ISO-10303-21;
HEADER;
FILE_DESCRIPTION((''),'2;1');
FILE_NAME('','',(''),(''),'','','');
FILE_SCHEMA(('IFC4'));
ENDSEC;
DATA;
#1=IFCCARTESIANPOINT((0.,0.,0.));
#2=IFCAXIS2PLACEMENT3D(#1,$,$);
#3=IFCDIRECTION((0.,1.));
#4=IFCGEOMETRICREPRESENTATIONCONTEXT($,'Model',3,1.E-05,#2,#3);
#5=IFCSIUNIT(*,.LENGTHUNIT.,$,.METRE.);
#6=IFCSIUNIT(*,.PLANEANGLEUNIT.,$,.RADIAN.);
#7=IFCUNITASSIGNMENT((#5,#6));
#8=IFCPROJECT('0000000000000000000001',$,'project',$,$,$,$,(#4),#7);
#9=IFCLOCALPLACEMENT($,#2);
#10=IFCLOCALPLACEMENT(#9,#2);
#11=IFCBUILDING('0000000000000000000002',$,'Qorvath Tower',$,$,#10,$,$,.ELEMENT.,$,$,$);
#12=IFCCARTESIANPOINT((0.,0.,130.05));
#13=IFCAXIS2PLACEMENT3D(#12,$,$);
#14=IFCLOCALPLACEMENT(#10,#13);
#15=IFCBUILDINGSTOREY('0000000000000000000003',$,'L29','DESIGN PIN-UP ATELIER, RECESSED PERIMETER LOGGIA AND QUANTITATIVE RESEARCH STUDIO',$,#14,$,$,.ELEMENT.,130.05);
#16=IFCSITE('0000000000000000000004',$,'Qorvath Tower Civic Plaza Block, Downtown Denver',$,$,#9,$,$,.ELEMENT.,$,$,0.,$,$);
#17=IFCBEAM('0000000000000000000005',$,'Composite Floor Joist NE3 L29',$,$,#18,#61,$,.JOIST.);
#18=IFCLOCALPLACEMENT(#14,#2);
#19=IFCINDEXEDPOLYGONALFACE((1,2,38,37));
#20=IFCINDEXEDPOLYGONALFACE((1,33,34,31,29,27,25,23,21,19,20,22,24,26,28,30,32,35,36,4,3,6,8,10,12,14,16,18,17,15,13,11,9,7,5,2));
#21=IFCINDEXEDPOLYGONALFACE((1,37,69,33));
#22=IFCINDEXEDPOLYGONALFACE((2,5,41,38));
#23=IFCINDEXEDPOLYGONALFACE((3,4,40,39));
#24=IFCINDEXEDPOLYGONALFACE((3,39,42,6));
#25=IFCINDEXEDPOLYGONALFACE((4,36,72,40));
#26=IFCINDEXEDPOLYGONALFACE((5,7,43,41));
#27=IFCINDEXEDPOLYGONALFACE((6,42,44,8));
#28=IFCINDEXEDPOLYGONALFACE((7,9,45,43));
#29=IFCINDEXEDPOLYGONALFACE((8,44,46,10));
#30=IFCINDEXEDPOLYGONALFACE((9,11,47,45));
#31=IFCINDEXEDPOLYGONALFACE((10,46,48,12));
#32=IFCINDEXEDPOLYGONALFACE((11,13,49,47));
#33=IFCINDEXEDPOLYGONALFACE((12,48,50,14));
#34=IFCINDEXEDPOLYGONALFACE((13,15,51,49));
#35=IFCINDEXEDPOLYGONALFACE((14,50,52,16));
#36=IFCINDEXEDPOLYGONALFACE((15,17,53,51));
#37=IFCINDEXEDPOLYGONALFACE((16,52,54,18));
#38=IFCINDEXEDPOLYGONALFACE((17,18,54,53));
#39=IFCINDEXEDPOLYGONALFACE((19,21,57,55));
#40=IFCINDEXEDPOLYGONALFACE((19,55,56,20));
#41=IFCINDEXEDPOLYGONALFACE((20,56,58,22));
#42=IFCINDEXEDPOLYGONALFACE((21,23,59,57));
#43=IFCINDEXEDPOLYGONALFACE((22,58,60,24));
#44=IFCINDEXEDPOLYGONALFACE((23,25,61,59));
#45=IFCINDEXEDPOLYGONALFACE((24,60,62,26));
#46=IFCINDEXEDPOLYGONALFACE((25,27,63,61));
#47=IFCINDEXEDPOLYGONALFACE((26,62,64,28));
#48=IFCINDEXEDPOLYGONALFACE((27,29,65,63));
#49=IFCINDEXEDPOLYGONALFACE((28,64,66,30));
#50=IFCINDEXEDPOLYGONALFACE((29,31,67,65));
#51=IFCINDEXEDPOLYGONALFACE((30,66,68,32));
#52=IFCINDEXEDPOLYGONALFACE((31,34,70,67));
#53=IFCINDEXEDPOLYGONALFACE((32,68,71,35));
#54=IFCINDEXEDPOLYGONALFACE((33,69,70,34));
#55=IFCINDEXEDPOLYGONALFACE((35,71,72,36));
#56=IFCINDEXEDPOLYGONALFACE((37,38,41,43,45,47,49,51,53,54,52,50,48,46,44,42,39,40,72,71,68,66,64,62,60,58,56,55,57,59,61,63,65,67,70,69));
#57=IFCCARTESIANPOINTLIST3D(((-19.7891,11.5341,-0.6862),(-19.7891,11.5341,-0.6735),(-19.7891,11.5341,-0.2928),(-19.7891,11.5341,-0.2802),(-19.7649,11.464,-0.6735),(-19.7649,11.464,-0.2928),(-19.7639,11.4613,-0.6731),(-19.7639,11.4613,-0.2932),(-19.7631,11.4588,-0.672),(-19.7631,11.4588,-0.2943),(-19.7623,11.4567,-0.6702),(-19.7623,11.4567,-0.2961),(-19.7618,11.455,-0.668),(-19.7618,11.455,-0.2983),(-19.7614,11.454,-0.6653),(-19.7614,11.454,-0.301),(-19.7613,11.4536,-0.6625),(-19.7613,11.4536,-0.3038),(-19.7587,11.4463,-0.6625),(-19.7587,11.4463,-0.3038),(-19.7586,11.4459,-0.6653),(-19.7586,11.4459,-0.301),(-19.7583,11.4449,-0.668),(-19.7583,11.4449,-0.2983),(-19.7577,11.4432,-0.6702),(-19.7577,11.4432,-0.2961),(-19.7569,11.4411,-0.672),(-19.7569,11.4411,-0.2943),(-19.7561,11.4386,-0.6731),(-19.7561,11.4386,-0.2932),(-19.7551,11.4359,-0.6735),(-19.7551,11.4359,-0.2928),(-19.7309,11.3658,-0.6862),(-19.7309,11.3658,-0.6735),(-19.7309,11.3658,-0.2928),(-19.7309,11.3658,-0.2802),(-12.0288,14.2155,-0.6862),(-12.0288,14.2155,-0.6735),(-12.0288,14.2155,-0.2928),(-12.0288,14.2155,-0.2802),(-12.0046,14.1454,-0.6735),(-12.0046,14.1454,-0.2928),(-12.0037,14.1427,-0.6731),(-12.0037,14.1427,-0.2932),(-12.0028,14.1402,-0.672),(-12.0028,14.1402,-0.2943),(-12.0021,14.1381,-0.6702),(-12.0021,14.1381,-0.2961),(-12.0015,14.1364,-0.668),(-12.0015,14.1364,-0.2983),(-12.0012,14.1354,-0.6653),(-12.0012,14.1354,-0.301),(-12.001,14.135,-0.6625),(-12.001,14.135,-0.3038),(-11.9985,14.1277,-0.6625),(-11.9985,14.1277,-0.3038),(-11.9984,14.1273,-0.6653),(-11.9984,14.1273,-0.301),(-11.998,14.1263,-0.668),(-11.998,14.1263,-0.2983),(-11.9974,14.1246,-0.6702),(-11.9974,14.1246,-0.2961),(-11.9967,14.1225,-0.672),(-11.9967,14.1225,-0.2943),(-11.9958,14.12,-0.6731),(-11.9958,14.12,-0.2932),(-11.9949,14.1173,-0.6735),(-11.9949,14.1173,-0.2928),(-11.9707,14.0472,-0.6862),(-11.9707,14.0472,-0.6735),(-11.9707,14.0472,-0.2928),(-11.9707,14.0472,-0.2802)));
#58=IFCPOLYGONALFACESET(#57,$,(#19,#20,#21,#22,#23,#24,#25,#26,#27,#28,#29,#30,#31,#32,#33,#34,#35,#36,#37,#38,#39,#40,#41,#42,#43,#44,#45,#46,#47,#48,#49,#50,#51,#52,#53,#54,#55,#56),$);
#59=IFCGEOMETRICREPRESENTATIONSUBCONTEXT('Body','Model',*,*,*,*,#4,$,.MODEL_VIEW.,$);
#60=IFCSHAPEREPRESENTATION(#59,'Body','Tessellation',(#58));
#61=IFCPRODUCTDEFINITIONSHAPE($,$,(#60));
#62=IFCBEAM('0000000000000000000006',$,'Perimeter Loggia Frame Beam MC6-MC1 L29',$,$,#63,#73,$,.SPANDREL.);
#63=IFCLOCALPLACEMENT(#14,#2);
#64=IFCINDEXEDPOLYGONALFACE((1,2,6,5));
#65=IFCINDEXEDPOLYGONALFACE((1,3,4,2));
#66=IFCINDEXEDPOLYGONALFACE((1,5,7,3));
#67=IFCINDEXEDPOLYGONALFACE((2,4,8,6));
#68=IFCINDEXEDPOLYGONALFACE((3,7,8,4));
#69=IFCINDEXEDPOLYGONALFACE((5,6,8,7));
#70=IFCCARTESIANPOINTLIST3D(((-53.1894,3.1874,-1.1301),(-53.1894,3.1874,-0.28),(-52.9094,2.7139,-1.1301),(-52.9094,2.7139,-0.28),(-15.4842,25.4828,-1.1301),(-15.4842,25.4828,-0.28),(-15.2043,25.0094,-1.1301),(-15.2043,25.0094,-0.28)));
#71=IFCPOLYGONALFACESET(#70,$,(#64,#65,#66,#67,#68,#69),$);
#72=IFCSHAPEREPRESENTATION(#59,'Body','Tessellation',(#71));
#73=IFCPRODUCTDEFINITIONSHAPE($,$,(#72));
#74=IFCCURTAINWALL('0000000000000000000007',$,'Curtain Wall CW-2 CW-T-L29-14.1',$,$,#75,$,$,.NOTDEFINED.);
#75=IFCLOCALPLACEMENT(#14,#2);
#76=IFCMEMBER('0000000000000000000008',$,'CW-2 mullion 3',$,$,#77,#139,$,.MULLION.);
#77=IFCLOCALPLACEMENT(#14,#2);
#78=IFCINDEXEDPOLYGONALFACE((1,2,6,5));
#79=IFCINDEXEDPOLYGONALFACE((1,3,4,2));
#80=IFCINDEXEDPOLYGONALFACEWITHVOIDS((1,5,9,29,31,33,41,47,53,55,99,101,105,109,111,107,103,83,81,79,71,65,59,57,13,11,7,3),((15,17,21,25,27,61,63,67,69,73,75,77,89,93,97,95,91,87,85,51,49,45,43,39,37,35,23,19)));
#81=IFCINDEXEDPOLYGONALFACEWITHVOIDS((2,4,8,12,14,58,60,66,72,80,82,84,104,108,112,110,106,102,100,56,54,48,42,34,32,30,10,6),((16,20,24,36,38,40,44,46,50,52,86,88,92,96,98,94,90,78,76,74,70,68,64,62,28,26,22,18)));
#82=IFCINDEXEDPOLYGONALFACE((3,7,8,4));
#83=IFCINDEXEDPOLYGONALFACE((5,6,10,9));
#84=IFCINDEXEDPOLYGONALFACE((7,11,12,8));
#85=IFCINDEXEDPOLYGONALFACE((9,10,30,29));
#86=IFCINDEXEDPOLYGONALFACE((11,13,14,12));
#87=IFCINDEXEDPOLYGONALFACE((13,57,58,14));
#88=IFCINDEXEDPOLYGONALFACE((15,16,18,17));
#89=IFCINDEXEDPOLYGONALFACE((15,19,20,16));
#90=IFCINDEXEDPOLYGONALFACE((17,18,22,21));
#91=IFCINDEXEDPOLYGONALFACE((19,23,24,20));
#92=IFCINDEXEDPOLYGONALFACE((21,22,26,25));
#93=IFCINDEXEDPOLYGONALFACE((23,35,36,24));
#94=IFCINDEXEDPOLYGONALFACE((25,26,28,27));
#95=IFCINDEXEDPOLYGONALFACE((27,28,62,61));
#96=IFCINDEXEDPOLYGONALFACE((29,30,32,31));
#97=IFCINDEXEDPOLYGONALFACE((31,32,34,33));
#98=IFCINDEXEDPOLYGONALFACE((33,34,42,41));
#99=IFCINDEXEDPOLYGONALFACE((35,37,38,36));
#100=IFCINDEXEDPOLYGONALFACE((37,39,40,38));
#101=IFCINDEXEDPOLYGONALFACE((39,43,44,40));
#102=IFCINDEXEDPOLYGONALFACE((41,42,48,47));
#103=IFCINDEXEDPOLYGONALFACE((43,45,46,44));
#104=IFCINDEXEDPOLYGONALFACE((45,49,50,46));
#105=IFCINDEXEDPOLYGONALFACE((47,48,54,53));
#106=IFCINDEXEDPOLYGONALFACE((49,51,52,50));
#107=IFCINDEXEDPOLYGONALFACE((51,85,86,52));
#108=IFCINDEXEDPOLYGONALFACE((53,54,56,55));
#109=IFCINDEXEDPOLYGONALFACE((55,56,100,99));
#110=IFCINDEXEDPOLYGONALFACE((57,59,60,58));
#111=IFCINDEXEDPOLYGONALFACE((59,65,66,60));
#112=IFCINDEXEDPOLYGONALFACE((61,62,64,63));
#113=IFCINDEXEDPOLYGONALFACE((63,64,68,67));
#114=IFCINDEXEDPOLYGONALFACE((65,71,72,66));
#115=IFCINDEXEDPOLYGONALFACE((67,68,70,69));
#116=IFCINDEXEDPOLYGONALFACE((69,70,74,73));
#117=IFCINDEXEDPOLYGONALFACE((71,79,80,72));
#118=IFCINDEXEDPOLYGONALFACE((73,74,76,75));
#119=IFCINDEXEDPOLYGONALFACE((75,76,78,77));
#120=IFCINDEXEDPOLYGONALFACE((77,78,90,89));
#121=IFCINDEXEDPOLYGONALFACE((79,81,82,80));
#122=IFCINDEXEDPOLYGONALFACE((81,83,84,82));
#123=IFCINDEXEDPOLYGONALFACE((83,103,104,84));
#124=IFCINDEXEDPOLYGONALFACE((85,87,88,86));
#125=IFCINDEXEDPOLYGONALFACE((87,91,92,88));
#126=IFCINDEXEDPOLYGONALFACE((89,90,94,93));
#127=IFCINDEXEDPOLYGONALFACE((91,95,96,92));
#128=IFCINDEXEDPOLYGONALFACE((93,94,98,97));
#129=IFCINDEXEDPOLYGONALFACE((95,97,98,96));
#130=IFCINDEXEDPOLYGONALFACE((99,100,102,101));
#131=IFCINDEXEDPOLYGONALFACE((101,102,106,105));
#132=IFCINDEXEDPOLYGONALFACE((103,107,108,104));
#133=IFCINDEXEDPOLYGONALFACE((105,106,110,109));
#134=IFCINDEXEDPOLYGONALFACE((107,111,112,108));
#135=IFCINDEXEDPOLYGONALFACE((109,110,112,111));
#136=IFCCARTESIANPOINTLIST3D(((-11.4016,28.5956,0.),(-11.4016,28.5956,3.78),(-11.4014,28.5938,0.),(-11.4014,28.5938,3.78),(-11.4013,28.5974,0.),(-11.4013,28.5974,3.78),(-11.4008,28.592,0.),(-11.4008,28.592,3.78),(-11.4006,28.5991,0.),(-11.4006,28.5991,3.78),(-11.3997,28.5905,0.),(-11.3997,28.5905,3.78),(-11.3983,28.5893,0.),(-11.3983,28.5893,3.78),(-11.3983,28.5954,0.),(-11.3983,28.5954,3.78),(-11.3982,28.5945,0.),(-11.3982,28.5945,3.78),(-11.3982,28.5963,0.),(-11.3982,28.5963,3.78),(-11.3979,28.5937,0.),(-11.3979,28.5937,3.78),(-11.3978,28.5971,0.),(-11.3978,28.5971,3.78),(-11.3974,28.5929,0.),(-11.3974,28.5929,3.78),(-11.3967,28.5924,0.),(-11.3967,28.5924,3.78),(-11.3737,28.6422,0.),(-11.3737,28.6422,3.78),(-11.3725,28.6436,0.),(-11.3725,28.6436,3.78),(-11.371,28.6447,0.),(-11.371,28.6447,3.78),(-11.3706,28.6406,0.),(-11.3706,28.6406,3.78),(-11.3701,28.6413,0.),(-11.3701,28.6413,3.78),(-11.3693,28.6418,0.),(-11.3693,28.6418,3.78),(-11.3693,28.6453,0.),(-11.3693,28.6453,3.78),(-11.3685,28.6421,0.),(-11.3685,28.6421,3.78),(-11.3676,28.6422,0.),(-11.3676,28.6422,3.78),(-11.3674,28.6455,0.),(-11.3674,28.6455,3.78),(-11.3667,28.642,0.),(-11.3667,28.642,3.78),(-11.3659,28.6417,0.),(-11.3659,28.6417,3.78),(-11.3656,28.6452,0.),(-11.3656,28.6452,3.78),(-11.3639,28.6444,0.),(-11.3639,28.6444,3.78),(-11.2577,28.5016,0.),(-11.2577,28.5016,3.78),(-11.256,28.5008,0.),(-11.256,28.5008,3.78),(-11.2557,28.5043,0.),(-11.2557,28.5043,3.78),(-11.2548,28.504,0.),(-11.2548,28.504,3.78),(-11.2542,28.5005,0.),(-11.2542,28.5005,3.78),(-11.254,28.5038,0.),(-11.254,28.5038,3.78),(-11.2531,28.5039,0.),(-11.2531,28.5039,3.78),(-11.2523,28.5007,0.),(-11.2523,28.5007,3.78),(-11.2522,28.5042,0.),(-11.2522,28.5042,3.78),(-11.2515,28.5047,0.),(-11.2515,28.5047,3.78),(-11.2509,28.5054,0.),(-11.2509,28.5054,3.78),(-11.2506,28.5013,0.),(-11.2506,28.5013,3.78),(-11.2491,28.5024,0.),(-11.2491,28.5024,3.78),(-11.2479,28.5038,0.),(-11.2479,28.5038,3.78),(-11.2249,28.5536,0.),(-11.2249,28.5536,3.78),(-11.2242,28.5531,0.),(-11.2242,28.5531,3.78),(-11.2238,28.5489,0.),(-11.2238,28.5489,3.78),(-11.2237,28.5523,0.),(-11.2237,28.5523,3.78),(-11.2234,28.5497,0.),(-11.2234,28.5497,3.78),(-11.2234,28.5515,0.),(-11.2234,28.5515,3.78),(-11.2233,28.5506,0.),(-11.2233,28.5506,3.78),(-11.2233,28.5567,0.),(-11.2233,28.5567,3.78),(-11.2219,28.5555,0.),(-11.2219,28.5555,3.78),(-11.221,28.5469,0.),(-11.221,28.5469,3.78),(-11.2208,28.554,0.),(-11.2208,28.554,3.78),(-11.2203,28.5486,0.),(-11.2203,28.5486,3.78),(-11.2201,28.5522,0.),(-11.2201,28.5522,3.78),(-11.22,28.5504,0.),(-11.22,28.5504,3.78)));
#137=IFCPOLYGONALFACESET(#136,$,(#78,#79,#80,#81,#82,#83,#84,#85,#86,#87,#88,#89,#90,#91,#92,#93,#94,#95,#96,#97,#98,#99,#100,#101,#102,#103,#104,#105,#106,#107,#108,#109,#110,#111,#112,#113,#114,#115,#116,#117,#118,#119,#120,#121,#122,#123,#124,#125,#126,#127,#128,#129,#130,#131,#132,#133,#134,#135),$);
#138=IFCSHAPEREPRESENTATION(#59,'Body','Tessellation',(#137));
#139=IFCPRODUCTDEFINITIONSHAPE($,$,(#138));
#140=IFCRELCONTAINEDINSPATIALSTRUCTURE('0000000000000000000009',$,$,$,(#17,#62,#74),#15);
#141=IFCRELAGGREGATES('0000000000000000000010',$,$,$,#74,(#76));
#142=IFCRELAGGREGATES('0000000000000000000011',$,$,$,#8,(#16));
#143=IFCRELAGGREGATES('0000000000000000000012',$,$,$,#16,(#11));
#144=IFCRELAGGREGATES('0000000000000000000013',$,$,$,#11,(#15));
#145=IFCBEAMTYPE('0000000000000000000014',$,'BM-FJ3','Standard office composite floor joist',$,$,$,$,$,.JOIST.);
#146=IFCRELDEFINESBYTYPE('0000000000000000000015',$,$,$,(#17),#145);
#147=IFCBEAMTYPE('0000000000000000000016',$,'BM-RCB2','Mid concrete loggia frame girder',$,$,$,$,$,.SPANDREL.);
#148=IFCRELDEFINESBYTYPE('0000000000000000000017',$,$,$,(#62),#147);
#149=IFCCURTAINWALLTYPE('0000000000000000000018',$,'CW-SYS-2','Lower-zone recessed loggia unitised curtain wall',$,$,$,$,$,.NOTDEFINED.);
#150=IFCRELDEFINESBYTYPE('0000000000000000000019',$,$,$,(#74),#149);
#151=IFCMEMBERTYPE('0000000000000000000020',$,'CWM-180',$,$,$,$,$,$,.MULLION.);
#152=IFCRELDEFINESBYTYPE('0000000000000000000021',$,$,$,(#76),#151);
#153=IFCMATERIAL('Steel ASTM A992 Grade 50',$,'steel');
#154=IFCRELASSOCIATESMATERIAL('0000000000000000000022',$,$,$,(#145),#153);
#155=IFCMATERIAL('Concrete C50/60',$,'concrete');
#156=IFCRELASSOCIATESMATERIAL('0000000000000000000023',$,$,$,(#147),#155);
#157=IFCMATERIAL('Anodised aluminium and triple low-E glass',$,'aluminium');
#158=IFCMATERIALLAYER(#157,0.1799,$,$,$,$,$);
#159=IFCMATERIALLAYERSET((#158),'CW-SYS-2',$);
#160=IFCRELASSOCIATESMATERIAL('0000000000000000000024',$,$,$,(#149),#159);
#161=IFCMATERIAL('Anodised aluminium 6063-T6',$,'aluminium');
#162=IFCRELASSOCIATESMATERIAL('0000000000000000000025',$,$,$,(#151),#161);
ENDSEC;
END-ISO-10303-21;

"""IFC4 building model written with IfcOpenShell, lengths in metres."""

from ifc_helpers import new_model, si_unit, direction, frame, origin, origin_2d, place, context, subcontext, project, spatial, rectangle, hollow_rectangle, i_section, extrude, material, layer, layer_set, material_profile, profile_set, type_object, element, aggregate, save


model = new_model("IFC4")

# Units and contexts
model_context = context("Model", 3, precision=1e-05, world=origin(), true_north=direction((0.0, 1.0)))
body_context = subcontext(model_context, "Body", "Model", "MODEL_VIEW")
ifc_project = project(units=[si_unit("LENGTHUNIT", "METRE"), si_unit("PLANEANGLEUNIT", "RADIAN")], contexts=[model_context])

# Site, building, storey
site_placement = place(None, origin())
site = spatial("IfcSite", under=ifc_project, at=site_placement, Name="Qorvath Tower Civic Plaza Block, Downtown Denver", CompositionType="ELEMENT", RefElevation=0.0)
building_placement = place(site_placement, origin())
building = spatial("IfcBuilding", under=site, at=building_placement, Name="Qorvath Tower", CompositionType="ELEMENT")
storey_placement = place(building_placement, frame((0.0, 0.0, 130.05)))
storey = spatial("IfcBuildingStorey", under=building, at=storey_placement, Name="L29", Description="DESIGN PIN-UP ATELIER, RECESSED PERIMETER LOGGIA AND QUANTITATIVE RESEARCH STUDIO", CompositionType="ELEMENT", Elevation=130.05)

# Beams
ifc_material_1 = material(Name="Steel ASTM A992 Grade 50", Category="steel")
ifc_material_profile_1 = material_profile(ifc_material_1, i_section(OverallWidth=0.178, OverallDepth=0.406, WebThickness=0.0078, FlangeThickness=0.0127, FilletRadius=0.011, at=origin_2d()), Name="W16x40")
ifc_profile_set_1 = profile_set([ifc_material_profile_1], Name="Steel ASTM A992 Grade 50")
beam_type_1 = type_object("IfcBeamType", Name="BM-FJ3", Description="Standard office composite floor joist", PredefinedType="JOIST", material=ifc_profile_set_1)
beam_1_placement = place(storey_placement, frame((-19.76, 11.45, -0.4832), z_axis=(0.945168, 0.326584, 0.0), x_axis=(-0.326584, 0.945168, 0.0)))
element("IfcBeam", 1, at=beam_1_placement, inside=storey, type_object=beam_type_1, Name="Composite Floor Joist NE3 L29", PredefinedType="JOIST", context=body_context, shape_type="SweptSolid", body=[
    extrude(i_section(OverallWidth=0.178, OverallDepth=0.406, WebThickness=0.0078, FlangeThickness=0.0127, FilletRadius=0.011, at=origin_2d()), origin(), (0.0, 0.0, 1.0), 8.2104),
])
ifc_material_2 = material(Name="Concrete C50/60", Category="concrete")
ifc_material_profile_2 = material_profile(ifc_material_2, rectangle(XDim=0.55, YDim=0.8501, at=origin_2d()), Name="RCB 850x550")
ifc_profile_set_2 = profile_set([ifc_material_profile_2], Name="Concrete C50/60")
beam_type_2 = type_object("IfcBeamType", Name="BM-RCB2", Description="Mid concrete loggia frame girder", PredefinedType="SPANDREL", material=ifc_profile_set_2)
beam_2_placement = place(storey_placement, frame((-15.3442, 25.2461, -0.7051), z_axis=(-0.860775, -0.508985, 0.0), x_axis=(0.508985, -0.860775, 0.0)))
element("IfcBeam", 2, at=beam_2_placement, inside=storey, type_object=beam_type_2, Name="Perimeter Loggia Frame Beam MC6-MC1 L29", PredefinedType="SPANDREL", context=body_context, shape_type="SweptSolid", body=[
    extrude(rectangle(XDim=0.55, YDim=0.8501, at=origin_2d()), origin(), (0.0, 0.0, 1.0), 43.8037),
])

# Curtain wall, member
ifc_material_3 = material(Name="Anodised aluminium and triple low-E glass", Category="aluminium")
ifc_layer_1 = layer(ifc_material_3, 0.1799)
ifc_layer_set_1 = layer_set([ifc_layer_1], Name="CW-SYS-2")
curtain_wall_type = type_object("IfcCurtainWallType", Name="CW-SYS-2", Description="Lower-zone recessed loggia unitised curtain wall", PredefinedType="NOTDEFINED", material=ifc_layer_set_1)
curtain_wall_1_placement = place(storey_placement, origin())
curtain_wall_1 = element("IfcCurtainWall", 3, at=curtain_wall_1_placement, inside=storey, type_object=curtain_wall_type, Name="Curtain Wall CW-2 CW-T-L29-14.1", PredefinedType="NOTDEFINED")
ifc_material_4 = material(Name="Anodised aluminium 6063-T6", Category="aluminium")
ifc_material_profile_3 = material_profile(ifc_material_4, hollow_rectangle(XDim=0.0649, YDim=0.1799, WallThickness=0.0034, InnerFilletRadius=0.0034, OuterFilletRadius=0.0071, at=origin_2d()), Name="CWM 180x65")
ifc_profile_set_3 = profile_set([ifc_material_profile_3], Name="Anodised aluminium 6063-T6")
member_type_1 = type_object("IfcMemberType", Name="CWM-180", PredefinedType="MULLION", material=ifc_profile_set_3)
member_1_placement = place(storey_placement, frame((-11.3108, 28.573, 0.0), z_axis=(0.0, 0.0, 1.0), x_axis=(-0.529503, -0.848308, 0.0)))
member_1 = element("IfcMember", 4, at=member_1_placement, type_object=member_type_1, Name="CW-2 mullion 3", PredefinedType="MULLION", context=body_context, shape_type="SweptSolid", body=[
    extrude(hollow_rectangle(XDim=0.0649, YDim=0.1799, WallThickness=0.0034, InnerFilletRadius=0.0034, OuterFilletRadius=0.0071, at=origin_2d()), origin(), (0.0, 0.0, 1.0), 3.78),
])

aggregate(curtain_wall_1, [member_1])

save(model, "model.ifc")
